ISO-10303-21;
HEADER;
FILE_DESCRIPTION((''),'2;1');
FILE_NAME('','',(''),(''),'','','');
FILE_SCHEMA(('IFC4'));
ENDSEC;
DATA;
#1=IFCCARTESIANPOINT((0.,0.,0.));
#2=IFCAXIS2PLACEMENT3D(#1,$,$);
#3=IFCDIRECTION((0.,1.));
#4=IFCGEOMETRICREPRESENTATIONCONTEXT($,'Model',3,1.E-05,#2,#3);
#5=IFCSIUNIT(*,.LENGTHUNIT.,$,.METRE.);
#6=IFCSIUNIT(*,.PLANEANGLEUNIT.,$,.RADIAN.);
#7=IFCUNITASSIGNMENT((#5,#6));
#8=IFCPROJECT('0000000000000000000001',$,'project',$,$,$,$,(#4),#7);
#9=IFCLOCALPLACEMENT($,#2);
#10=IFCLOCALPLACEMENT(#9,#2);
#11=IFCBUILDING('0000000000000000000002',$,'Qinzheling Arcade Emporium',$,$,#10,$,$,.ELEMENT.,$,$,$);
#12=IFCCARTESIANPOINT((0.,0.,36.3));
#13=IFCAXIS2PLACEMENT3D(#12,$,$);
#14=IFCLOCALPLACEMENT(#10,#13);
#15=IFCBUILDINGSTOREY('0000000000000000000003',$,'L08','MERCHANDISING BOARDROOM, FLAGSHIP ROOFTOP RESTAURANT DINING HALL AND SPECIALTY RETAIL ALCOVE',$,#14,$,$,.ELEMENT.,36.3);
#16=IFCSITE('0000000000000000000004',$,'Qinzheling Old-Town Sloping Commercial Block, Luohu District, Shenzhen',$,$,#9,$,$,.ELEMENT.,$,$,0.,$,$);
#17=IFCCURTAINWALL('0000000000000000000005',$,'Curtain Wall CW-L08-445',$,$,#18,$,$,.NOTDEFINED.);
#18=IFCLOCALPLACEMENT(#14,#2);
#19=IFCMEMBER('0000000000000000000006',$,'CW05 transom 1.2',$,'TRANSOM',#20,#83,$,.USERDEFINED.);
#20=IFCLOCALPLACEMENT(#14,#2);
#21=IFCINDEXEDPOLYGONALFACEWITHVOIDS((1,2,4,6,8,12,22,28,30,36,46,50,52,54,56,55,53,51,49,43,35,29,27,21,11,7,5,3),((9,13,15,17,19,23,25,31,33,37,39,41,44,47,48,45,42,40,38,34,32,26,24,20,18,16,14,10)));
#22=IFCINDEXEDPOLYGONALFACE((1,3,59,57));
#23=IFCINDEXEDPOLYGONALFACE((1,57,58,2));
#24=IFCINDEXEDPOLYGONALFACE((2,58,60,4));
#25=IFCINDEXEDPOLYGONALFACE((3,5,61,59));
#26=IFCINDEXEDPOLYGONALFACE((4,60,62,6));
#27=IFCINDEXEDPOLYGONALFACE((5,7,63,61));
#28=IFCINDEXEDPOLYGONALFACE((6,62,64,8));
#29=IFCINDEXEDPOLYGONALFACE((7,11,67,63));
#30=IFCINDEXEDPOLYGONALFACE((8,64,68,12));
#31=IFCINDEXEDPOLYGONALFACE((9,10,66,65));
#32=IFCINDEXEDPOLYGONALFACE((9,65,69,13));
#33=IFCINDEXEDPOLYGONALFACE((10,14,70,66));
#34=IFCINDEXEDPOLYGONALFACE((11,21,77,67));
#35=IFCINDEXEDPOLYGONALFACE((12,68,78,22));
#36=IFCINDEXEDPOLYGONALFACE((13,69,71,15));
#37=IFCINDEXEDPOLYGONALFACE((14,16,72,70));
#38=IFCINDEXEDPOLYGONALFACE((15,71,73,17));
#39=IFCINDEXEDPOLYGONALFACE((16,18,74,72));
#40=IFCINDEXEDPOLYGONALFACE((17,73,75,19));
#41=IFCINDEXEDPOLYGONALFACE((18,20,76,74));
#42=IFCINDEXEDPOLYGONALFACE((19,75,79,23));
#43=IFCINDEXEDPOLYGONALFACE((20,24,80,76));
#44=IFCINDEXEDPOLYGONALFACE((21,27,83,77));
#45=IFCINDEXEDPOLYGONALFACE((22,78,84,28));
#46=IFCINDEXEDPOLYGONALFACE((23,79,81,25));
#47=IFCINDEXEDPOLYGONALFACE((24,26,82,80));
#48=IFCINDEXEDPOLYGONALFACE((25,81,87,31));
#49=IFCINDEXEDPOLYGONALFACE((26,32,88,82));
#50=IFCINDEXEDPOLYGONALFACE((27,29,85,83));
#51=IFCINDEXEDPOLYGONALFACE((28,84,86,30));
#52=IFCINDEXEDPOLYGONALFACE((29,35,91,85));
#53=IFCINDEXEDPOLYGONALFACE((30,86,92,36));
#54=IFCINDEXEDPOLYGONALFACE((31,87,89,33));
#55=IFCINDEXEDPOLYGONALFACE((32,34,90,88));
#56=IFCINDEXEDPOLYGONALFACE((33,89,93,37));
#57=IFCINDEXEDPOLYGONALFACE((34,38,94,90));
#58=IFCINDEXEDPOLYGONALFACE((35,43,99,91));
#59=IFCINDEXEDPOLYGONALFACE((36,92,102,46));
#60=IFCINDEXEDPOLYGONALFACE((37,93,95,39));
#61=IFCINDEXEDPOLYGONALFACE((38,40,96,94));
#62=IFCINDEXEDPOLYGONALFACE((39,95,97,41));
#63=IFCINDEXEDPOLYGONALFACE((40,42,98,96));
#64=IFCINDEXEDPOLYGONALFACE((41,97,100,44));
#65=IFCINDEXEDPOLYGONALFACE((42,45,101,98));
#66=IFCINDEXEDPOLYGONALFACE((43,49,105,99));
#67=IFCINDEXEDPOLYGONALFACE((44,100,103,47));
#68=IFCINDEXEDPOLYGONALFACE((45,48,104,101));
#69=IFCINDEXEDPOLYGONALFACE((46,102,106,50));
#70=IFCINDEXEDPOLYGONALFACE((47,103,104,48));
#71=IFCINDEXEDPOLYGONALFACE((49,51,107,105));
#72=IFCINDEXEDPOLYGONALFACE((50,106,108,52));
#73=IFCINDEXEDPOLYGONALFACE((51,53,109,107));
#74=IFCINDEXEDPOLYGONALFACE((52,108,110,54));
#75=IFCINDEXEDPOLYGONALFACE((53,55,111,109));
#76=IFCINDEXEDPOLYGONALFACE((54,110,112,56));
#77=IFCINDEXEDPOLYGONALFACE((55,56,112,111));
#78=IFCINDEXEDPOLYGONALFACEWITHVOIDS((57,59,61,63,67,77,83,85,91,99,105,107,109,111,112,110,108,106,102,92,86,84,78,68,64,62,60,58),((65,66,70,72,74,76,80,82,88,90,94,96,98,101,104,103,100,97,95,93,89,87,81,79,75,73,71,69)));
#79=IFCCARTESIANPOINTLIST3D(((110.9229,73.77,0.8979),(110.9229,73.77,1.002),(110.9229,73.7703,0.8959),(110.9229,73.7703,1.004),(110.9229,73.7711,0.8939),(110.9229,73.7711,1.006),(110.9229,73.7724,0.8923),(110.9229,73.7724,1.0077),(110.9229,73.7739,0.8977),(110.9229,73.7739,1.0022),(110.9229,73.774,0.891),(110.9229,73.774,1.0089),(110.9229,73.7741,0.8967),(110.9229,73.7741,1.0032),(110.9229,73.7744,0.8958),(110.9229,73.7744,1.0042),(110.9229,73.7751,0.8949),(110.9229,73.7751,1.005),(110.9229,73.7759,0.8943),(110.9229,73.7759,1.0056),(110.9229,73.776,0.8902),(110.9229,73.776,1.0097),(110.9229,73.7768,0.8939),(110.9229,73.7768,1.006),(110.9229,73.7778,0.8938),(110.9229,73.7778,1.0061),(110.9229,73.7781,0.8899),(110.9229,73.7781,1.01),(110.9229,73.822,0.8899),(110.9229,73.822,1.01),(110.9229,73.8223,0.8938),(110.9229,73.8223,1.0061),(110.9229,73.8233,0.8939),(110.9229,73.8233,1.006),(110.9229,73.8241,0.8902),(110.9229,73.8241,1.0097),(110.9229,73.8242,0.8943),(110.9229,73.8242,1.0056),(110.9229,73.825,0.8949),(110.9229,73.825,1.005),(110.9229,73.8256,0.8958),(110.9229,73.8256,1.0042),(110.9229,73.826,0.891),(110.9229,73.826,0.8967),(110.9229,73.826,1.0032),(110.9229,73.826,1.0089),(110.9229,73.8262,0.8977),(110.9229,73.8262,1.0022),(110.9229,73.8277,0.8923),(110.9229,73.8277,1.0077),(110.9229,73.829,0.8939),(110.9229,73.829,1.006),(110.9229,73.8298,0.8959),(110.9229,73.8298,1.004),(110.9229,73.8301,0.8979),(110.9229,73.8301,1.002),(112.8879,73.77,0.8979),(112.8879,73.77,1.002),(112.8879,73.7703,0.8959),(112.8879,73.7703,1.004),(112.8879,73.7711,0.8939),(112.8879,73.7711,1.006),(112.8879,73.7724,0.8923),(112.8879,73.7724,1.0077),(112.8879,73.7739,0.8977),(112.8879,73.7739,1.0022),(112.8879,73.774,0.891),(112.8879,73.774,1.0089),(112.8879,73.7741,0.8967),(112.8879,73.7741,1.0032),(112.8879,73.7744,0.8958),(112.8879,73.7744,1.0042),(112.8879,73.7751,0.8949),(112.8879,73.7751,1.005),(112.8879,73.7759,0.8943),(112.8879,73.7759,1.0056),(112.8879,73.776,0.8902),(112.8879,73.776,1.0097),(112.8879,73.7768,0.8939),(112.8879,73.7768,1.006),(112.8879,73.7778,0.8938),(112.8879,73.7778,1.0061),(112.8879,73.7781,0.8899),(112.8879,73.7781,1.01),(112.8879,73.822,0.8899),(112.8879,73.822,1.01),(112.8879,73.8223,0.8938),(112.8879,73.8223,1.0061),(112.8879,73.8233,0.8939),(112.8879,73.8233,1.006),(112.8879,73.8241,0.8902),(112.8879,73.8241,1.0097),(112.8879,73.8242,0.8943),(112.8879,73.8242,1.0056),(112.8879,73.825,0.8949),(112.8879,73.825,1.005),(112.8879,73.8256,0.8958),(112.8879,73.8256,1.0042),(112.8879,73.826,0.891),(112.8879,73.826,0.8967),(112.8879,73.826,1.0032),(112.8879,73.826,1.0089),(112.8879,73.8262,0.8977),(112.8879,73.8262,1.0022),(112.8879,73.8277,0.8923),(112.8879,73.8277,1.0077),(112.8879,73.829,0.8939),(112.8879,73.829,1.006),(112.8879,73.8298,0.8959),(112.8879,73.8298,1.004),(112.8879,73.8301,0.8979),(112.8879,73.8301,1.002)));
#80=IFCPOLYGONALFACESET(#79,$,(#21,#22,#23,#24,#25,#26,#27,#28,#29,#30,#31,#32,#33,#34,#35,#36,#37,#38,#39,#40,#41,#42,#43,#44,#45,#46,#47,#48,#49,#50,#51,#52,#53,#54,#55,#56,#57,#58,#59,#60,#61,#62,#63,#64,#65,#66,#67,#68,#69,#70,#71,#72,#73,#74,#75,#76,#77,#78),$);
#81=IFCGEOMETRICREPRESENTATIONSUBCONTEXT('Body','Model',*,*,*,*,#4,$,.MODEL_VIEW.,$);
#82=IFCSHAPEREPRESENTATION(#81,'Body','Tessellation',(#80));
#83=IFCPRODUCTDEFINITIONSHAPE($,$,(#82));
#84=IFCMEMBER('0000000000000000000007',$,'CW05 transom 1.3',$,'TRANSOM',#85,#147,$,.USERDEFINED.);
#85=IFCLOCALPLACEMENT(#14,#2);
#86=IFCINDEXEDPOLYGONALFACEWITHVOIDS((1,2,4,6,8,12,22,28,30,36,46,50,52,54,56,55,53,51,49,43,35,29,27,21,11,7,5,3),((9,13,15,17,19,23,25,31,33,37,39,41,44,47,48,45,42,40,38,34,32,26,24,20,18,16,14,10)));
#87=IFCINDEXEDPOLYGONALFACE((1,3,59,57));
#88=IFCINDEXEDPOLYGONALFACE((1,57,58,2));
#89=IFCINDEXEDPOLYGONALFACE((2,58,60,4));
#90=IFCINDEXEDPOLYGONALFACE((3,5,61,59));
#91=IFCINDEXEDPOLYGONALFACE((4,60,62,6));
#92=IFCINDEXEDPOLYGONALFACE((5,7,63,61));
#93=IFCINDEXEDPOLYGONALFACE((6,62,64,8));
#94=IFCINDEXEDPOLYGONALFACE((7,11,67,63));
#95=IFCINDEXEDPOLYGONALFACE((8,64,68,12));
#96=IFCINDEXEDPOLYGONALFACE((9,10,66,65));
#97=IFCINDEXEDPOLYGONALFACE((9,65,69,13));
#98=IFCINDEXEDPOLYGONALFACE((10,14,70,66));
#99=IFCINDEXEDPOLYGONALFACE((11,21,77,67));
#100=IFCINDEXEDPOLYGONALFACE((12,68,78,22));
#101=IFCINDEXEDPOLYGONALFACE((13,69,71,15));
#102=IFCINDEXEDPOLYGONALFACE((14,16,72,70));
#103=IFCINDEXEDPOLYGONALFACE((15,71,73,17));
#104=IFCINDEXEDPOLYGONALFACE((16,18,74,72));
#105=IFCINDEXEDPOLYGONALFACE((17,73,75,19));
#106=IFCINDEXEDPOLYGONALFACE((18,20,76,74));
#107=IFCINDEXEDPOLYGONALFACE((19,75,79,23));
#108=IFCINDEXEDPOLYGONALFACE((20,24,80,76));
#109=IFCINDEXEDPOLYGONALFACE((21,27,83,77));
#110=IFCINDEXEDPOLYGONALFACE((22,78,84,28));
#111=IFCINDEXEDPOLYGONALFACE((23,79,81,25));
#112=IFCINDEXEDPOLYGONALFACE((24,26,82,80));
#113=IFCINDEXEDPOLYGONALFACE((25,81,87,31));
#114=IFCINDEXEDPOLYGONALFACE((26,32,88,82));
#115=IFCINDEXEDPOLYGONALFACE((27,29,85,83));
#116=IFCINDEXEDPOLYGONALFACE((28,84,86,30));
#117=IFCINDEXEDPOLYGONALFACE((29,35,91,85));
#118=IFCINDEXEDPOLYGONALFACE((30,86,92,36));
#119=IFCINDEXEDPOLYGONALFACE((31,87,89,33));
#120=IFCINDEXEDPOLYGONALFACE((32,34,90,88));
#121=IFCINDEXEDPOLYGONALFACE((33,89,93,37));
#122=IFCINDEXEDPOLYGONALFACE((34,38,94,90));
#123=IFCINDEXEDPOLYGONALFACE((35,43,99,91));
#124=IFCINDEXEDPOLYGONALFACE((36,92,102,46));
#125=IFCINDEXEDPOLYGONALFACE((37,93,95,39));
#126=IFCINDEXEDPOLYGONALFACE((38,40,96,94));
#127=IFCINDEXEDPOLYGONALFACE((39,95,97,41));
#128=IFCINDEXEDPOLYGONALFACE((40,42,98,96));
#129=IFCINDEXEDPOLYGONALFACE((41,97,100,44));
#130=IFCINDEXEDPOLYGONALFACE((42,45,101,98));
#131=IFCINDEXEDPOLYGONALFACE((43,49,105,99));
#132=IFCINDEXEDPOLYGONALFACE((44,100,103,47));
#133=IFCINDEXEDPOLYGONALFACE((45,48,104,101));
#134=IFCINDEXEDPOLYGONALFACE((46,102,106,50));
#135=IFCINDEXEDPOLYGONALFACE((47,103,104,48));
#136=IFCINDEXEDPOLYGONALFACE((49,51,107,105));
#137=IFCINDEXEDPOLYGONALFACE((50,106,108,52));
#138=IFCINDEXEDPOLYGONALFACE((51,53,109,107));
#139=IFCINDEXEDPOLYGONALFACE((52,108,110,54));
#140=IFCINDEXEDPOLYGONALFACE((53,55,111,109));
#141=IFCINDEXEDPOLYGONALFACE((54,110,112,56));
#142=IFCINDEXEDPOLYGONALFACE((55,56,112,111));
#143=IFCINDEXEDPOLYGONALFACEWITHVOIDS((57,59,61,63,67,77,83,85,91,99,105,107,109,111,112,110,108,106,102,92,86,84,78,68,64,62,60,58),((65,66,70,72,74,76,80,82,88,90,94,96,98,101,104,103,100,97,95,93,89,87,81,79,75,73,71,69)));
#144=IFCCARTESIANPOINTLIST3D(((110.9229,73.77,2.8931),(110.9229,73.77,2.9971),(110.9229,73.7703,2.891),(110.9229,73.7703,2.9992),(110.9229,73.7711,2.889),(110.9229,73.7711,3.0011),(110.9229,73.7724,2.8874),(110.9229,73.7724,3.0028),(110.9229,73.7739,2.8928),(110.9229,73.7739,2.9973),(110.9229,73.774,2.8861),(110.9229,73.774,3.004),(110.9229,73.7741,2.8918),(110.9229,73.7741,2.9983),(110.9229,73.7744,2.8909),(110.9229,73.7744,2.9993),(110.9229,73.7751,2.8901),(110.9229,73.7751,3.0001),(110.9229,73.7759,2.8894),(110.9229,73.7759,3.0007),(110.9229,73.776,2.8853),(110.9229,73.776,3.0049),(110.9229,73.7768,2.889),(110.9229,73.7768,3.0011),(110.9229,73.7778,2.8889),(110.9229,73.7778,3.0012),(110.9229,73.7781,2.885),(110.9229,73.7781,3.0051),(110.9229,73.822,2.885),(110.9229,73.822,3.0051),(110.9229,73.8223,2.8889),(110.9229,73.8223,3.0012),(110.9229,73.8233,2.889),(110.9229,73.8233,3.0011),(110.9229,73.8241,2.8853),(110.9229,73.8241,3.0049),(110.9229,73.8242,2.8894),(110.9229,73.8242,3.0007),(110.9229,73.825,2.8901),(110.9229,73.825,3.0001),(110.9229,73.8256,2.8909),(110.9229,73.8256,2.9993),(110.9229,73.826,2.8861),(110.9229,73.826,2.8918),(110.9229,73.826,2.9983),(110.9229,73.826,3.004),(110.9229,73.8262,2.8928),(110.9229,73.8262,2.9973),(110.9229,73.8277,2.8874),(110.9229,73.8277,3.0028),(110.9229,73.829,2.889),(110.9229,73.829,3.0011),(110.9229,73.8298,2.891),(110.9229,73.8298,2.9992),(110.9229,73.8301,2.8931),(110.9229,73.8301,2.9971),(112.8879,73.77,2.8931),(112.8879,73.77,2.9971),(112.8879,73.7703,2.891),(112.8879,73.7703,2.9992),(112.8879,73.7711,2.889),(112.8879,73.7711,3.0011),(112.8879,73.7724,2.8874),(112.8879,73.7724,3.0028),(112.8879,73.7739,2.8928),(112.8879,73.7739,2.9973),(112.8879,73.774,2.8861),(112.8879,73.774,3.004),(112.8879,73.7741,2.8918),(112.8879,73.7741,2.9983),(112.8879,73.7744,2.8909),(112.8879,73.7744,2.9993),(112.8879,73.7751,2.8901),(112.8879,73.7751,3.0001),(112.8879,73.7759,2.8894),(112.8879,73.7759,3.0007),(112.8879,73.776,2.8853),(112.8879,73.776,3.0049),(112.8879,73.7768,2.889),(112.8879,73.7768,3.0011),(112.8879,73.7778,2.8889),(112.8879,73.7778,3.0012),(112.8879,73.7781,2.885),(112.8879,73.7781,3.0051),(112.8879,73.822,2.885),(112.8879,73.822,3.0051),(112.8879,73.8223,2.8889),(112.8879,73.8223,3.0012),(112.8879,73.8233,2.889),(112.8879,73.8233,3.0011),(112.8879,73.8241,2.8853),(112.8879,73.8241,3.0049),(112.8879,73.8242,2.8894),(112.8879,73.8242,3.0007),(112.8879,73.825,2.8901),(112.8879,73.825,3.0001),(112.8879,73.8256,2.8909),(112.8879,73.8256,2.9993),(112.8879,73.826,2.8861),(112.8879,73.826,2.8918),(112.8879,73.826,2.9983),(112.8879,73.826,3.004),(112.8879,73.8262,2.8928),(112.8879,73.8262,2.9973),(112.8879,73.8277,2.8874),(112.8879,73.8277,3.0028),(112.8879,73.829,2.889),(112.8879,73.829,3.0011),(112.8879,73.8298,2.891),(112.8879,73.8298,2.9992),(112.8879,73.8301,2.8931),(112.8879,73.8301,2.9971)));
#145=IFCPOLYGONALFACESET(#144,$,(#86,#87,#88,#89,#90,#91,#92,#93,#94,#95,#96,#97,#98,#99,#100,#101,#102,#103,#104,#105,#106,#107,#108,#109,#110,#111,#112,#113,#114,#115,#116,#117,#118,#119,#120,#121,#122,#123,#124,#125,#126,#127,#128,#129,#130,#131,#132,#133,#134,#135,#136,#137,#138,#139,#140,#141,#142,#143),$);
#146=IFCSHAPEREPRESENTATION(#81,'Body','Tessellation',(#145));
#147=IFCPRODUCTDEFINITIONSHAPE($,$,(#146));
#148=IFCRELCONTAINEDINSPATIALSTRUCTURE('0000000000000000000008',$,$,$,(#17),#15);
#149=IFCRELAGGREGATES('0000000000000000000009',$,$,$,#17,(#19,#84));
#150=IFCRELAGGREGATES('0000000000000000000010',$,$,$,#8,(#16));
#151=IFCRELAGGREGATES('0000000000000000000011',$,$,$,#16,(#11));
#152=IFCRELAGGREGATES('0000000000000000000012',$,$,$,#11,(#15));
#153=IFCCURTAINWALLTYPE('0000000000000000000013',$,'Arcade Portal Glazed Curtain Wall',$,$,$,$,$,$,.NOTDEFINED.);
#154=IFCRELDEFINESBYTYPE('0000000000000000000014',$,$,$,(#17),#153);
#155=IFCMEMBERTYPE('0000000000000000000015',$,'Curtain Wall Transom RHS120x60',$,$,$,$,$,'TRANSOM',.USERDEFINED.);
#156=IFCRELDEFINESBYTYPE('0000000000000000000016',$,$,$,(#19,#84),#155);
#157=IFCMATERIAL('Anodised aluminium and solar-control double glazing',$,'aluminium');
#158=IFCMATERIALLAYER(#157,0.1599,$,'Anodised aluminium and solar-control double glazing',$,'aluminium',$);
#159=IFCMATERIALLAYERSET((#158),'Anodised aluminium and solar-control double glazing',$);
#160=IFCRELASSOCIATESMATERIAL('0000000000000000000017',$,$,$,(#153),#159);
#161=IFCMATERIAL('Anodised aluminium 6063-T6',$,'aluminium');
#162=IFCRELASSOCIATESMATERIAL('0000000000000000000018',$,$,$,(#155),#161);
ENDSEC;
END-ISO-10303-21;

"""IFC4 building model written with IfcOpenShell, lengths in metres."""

from ifc_helpers import new_model, si_unit, direction, frame, origin, origin_2d, place, context, subcontext, project, spatial, hollow_rectangle, extrude, material, layer, layer_set, material_profile, profile_set, type_object, element, aggregate, save


model = new_model("IFC4")

# Units and contexts
model_context = context("Model", 3, precision=1e-05, world=origin(), true_north=direction((0.0, 1.0)))
body_context = subcontext(model_context, "Body", "Model", "MODEL_VIEW")
ifc_project = project(units=[si_unit("LENGTHUNIT", "METRE"), si_unit("PLANEANGLEUNIT", "RADIAN")], contexts=[model_context])

# Site, building, storey
site_placement = place(None, origin())
site = spatial("IfcSite", under=ifc_project, at=site_placement, Name="Qinzheling Old-Town Sloping Commercial Block, Luohu District, Shenzhen", CompositionType="ELEMENT", RefElevation=0.0)
building_placement = place(site_placement, origin())
building = spatial("IfcBuilding", under=site, at=building_placement, Name="Qinzheling Arcade Emporium", CompositionType="ELEMENT")
storey_placement = place(building_placement, frame((0.0, 0.0, 36.3)))
storey = spatial("IfcBuildingStorey", under=building, at=storey_placement, Name="L08", Description="MERCHANDISING BOARDROOM, FLAGSHIP ROOFTOP RESTAURANT DINING HALL AND SPECIALTY RETAIL ALCOVE", CompositionType="ELEMENT", Elevation=36.3)

# Curtain wall
ifc_material_1 = material(Name="Anodised aluminium and solar-control double glazing", Category="aluminium")
ifc_layer_1 = layer(ifc_material_1, 0.1599, Name="Anodised aluminium and solar-control double glazing", Category="aluminium")
ifc_layer_set_1 = layer_set([ifc_layer_1], Name="Anodised aluminium and solar-control double glazing")
curtain_wall_type = type_object("IfcCurtainWallType", Name="Arcade Portal Glazed Curtain Wall", PredefinedType="NOTDEFINED", material=ifc_layer_set_1)
ifc_material_2 = material(Name="Anodised aluminium 6063-T6", Category="aluminium")
curtain_wall_1_placement = place(storey_placement, origin())
curtain_wall_1 = element("IfcCurtainWall", 1, at=curtain_wall_1_placement, inside=storey, type_object=curtain_wall_type, Name="Curtain Wall CW-L08-445", PredefinedType="NOTDEFINED")

# Members
ifc_material_profile_1 = material_profile(ifc_material_2, hollow_rectangle(XDim=0.0601, YDim=0.1201, WallThickness=0.0039, InnerFilletRadius=0.0039, OuterFilletRadius=0.0081, at=origin_2d()), Name="RHS 120x60x4", Category="aluminium")
ifc_profile_set_1 = profile_set([ifc_material_profile_1], Name="Anodised aluminium 6063-T6")
member_type_1 = type_object("IfcMemberType", Name="Curtain Wall Transom RHS120x60", ElementType="TRANSOM", PredefinedType="USERDEFINED", material=ifc_profile_set_1)
member_1_placement = place(storey_placement, frame((112.8879, 73.8, 0.95), z_axis=(-1.0, 0.0, 0.0), x_axis=(0.0, -1.0, 0.0)))
member_1 = element("IfcMember", 2, at=member_1_placement, type_object=member_type_1, Name="CW05 transom 1.2", ObjectType="TRANSOM", PredefinedType="USERDEFINED", context=body_context, shape_type="SweptSolid", body=[
    extrude(hollow_rectangle(XDim=0.0601, YDim=0.1201, WallThickness=0.0039, InnerFilletRadius=0.0039, OuterFilletRadius=0.0081, at=origin_2d()), origin(), (0.0, 0.0, 1.0), 1.9651),
])
member_2_placement = place(storey_placement, frame((112.8879, 73.8, 2.9451), z_axis=(-1.0, 0.0, 0.0), x_axis=(0.0, -1.0, 0.0)))
member_2 = element("IfcMember", 3, at=member_2_placement, type_object=member_type_1, Name="CW05 transom 1.3", ObjectType="TRANSOM", PredefinedType="USERDEFINED", context=body_context, shape_type="SweptSolid", body=[
    extrude(hollow_rectangle(XDim=0.0601, YDim=0.1201, WallThickness=0.0039, InnerFilletRadius=0.0039, OuterFilletRadius=0.0081, at=origin_2d()), origin(), (0.0, 0.0, 1.0), 1.9651),
])
aggregate(curtain_wall_1, [member_1, member_2])

save(model, "model.ifc")
